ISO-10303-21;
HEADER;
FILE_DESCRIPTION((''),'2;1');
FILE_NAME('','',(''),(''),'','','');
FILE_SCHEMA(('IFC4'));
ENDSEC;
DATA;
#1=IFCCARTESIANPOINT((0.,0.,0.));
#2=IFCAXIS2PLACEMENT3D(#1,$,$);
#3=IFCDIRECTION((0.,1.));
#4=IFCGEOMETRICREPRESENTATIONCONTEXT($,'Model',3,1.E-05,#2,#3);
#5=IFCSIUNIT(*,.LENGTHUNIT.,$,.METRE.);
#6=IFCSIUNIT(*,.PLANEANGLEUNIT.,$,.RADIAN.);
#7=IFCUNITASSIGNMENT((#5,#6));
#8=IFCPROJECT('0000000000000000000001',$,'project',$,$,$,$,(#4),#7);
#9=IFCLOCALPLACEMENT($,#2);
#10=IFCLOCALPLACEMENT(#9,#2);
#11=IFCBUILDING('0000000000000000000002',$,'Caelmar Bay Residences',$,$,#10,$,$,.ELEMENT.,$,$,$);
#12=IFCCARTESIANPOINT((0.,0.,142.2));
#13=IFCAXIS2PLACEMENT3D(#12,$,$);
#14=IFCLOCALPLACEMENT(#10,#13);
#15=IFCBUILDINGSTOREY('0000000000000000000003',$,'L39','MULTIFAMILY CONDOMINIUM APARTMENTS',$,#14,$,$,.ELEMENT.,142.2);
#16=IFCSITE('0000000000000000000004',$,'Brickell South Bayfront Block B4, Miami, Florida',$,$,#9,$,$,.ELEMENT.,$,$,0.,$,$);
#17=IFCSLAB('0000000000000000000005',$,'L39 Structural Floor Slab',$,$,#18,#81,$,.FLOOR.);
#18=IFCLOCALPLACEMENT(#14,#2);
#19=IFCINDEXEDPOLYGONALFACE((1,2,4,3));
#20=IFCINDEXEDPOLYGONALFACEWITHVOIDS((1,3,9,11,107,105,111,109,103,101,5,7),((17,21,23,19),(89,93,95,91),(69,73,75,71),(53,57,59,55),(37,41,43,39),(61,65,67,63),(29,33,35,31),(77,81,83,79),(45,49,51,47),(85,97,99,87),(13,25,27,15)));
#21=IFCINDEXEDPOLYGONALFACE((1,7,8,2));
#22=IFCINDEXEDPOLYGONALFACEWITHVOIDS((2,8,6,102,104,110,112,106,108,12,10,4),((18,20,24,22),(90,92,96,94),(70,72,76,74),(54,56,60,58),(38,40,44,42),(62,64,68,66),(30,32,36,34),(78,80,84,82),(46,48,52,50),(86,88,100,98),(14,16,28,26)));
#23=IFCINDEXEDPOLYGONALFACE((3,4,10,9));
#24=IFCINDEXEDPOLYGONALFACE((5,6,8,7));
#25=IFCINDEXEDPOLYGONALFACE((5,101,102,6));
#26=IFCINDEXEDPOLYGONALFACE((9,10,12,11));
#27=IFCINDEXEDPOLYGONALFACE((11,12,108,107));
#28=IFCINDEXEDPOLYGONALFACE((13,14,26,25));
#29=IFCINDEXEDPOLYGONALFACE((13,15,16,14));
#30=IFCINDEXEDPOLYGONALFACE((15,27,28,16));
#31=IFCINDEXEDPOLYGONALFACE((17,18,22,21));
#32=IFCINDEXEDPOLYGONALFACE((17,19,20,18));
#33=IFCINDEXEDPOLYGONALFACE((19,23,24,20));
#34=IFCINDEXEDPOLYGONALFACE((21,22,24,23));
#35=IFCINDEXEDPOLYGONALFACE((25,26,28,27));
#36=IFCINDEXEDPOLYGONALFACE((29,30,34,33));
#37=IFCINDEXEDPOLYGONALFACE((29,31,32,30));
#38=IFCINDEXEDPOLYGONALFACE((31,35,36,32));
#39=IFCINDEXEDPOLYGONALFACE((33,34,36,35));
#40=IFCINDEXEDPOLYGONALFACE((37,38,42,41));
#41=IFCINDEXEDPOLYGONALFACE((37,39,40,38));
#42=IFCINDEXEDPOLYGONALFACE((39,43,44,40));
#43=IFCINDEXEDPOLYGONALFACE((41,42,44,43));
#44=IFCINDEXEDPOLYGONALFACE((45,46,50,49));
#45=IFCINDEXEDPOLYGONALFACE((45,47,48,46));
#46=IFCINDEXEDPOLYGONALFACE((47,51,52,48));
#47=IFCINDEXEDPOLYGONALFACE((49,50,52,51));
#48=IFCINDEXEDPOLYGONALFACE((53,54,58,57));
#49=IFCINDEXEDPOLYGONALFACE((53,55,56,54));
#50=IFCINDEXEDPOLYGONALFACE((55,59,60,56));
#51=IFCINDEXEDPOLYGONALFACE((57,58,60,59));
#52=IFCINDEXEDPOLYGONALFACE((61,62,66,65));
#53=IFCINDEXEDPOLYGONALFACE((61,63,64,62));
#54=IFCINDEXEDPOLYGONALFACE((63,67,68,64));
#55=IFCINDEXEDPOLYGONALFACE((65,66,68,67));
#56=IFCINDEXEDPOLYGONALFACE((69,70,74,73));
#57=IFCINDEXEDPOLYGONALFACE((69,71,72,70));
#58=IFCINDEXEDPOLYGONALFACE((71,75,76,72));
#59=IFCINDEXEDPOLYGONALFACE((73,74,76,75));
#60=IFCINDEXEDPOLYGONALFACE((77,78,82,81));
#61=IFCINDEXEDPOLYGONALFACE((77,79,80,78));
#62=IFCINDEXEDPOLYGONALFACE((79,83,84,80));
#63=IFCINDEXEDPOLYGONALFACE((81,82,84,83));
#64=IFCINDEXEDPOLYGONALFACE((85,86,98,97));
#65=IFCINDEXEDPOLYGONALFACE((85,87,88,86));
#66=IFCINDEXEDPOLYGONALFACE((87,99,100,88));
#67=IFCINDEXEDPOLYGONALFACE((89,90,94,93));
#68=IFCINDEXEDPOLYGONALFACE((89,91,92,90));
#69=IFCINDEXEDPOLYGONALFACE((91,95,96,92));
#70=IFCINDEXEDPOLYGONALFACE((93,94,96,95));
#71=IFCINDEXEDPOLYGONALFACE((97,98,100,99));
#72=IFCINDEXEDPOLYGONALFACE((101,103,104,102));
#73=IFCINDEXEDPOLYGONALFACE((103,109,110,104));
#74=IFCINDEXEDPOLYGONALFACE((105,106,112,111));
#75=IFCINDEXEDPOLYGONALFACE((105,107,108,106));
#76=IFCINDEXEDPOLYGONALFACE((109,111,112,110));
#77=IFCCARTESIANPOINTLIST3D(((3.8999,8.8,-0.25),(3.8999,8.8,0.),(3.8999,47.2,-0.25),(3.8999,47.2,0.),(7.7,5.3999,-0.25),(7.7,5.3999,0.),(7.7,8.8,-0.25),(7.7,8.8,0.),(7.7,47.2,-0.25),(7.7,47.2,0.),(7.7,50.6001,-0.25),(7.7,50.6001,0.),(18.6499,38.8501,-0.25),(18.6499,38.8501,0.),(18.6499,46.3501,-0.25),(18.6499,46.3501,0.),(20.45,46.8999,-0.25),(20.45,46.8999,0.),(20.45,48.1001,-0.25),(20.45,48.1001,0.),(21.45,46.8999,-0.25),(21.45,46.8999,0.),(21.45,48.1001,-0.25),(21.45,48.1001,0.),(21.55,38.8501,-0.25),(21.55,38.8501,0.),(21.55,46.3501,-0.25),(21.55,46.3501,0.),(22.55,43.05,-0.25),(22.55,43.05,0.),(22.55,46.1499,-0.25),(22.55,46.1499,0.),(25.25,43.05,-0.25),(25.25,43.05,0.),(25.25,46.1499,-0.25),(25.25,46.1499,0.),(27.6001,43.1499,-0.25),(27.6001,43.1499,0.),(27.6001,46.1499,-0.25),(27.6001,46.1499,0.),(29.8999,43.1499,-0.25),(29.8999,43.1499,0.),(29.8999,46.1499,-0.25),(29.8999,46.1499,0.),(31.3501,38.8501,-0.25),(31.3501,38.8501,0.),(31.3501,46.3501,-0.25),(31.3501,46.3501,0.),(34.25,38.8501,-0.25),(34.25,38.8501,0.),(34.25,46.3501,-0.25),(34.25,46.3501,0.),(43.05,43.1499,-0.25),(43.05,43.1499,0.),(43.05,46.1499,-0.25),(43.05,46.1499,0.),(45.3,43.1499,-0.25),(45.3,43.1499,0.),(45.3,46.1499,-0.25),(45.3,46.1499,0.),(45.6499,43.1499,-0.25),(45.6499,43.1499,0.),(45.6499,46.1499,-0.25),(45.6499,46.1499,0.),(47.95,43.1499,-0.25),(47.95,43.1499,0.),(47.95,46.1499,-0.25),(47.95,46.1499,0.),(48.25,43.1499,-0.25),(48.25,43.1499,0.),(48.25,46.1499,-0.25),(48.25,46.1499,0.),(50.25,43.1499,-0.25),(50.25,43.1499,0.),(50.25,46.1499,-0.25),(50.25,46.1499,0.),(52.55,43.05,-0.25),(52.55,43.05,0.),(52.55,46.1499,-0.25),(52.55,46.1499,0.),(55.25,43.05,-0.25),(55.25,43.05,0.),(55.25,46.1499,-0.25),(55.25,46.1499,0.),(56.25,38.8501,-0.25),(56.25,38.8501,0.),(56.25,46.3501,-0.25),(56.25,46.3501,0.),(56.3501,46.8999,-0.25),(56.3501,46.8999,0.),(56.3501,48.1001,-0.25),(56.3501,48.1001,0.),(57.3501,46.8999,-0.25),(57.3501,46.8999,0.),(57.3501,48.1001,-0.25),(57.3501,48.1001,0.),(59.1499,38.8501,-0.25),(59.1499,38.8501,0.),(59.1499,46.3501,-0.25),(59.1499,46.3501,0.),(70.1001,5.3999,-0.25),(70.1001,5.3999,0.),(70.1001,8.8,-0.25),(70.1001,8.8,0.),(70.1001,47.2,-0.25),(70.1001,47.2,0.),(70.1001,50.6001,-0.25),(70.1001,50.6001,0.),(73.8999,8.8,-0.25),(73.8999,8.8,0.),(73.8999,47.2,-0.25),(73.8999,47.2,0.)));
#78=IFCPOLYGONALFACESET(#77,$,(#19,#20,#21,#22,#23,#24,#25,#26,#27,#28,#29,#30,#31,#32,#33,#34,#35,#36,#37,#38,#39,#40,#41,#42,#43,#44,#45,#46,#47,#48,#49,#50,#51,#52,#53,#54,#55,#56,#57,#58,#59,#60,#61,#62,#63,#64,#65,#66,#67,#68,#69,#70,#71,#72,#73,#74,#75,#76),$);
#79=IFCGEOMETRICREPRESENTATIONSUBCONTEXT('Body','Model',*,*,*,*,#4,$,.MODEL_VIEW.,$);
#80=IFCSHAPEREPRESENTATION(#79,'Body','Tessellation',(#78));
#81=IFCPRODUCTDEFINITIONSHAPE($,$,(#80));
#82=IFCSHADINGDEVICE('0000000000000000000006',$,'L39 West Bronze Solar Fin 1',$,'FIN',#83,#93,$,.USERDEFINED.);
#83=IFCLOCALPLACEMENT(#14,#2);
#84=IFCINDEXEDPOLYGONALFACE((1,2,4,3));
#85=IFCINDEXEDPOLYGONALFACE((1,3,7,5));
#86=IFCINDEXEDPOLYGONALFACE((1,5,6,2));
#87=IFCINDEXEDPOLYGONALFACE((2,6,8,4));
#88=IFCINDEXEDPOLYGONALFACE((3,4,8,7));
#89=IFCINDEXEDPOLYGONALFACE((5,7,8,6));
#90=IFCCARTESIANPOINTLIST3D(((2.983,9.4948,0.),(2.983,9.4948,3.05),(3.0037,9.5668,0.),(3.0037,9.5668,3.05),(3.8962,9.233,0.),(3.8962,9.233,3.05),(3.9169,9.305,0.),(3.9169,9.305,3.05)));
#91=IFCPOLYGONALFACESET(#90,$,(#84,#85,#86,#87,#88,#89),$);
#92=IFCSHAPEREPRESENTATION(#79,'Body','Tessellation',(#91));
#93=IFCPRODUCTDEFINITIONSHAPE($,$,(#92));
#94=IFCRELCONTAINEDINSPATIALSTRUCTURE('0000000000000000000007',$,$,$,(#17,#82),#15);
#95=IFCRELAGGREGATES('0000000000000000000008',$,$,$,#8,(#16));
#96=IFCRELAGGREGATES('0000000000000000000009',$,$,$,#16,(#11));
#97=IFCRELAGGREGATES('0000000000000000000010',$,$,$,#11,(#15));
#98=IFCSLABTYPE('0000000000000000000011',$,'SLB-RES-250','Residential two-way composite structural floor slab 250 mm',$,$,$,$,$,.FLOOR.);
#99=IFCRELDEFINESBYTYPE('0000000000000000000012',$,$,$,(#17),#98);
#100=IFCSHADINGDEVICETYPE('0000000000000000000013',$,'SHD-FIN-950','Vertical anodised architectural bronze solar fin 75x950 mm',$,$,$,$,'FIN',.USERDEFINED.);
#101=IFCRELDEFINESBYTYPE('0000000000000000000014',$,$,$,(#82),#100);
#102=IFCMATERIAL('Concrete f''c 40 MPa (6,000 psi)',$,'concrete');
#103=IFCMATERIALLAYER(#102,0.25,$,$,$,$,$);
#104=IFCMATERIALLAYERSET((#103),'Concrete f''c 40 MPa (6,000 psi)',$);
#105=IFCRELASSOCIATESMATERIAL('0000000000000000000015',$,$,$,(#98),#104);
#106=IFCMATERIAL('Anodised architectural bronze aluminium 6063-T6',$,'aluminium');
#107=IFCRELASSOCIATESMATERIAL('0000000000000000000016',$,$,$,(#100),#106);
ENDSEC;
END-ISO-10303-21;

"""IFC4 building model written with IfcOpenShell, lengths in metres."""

from ifc_helpers import new_model, si_unit, direction, frame, origin, origin_2d, place, context, subcontext, project, spatial, polyline, rectangle, outline, extrude, material, layer, layer_set, material_profile, profile_set, type_object, element, save


model = new_model("IFC4")

# Units and contexts
model_context = context("Model", 3, precision=1e-05, world=origin(), true_north=direction((0.0, 1.0)))
body_context = subcontext(model_context, "Body", "Model", "MODEL_VIEW")
ifc_project = project(units=[si_unit("LENGTHUNIT", "METRE"), si_unit("PLANEANGLEUNIT", "RADIAN")], contexts=[model_context])

# Site, building, storey
site_placement = place(None, origin())
site = spatial("IfcSite", under=ifc_project, at=site_placement, Name="Brickell South Bayfront Block B4, Miami, Florida", CompositionType="ELEMENT", RefElevation=0.0)
building_placement = place(site_placement, origin())
building = spatial("IfcBuilding", under=site, at=building_placement, Name="Caelmar Bay Residences", CompositionType="ELEMENT")
storey_placement = place(building_placement, frame((0.0, 0.0, 142.2)))
storey = spatial("IfcBuildingStorey", under=building, at=storey_placement, Name="L39", Description="MULTIFAMILY CONDOMINIUM APARTMENTS", CompositionType="ELEMENT", Elevation=142.2)

# Shared definitions
ifc_material_1 = material(Name="Concrete f'c 40 MPa (6,000 psi)", Category="concrete")

# Slab
ifc_layer_1 = layer(ifc_material_1, 0.25)
ifc_layer_set_1 = layer_set([ifc_layer_1], Name="Concrete f'c 40 MPa (6,000 psi)")
slab_type_1 = type_object("IfcSlabType", Name="SLB-RES-250", Description="Residential two-way composite structural floor slab 250 mm", PredefinedType="FLOOR", material=ifc_layer_set_1)
slab_1_placement = place(storey_placement, frame((0.0, 0.0, -0.25)))
element("IfcSlab", 1, at=slab_1_placement, inside=storey, type_object=slab_type_1, Name="L39 Structural Floor Slab", PredefinedType="FLOOR", context=body_context, shape_type="SweptSolid", body=[
    extrude(outline(polyline([(7.7, 5.3999), (70.1001, 5.3999), (70.1001, 8.8), (73.8999, 8.8), (73.8999, 47.2), (70.1001, 47.2), (70.1001, 50.6001), (7.7, 50.6001), (7.7, 47.2), (3.8999, 47.2), (3.8999, 8.8), (7.7, 8.8), (7.7, 5.3999)]), holes=[polyline([(18.6499, 38.8501), (21.55, 38.8501), (21.55, 46.3501), (18.6499, 46.3501), (18.6499, 38.8501)]), polyline([(56.25, 38.8501), (59.1499, 38.8501), (59.1499, 46.3501), (56.25, 46.3501), (56.25, 38.8501)]), polyline([(31.3501, 38.8501), (34.25, 38.8501), (34.25, 46.3501), (31.3501, 46.3501), (31.3501, 38.8501)]), polyline([(22.55, 43.05), (25.25, 43.05), (25.25, 46.1499), (22.55, 46.1499), (22.55, 43.05)]), polyline([(52.55, 43.05), (55.25, 43.05), (55.25, 46.1499), (52.55, 46.1499), (52.55, 43.05)]), polyline([(43.05, 43.1499), (45.3, 43.1499), (45.3, 46.1499), (43.05, 46.1499), (43.05, 43.1499)]), polyline([(45.6499, 43.1499), (47.95, 43.1499), (47.95, 46.1499), (45.6499, 46.1499), (45.6499, 43.1499)]), polyline([(48.25, 43.1499), (50.25, 43.1499), (50.25, 46.1499), (48.25, 46.1499), (48.25, 43.1499)]), polyline([(27.6001, 43.1499), (29.8999, 43.1499), (29.8999, 46.1499), (27.6001, 46.1499), (27.6001, 43.1499)]), polyline([(20.45, 46.8999), (21.45, 46.8999), (21.45, 48.1001), (20.45, 48.1001), (20.45, 46.8999)]), polyline([(56.3501, 46.8999), (57.3501, 46.8999), (57.3501, 48.1001), (56.3501, 48.1001), (56.3501, 46.8999)])]), origin(), (0.0, 0.0, 1.0), 0.25),
])

# Shading device
ifc_material_2 = material(Name="Anodised architectural bronze aluminium 6063-T6", Category="aluminium")
ifc_material_profile_1 = material_profile(ifc_material_2, rectangle(XDim=0.075, YDim=0.95, at=origin_2d()), Name="BRONZE-FIN-75X950")
ifc_profile_set_1 = profile_set([ifc_material_profile_1], Name="Anodised architectural bronze aluminium 6063-T6")
shading_device_type = type_object("IfcShadingDeviceType", Name="SHD-FIN-950", Description="Vertical anodised architectural bronze solar fin 75x950 mm", ElementType="FIN", PredefinedType="USERDEFINED", material=ifc_profile_set_1)
shading_device_placement = place(storey_placement, frame((3.45, 9.3999, 0.0), z_axis=(0.0, 0.0, 1.0), x_axis=(0.275637, 0.961262, 0.0)))
element("IfcShadingDevice", 2, at=shading_device_placement, inside=storey, type_object=shading_device_type, Name="L39 West Bronze Solar Fin 1", ObjectType="FIN", PredefinedType="USERDEFINED", context=body_context, shape_type="SweptSolid", body=[
    extrude(rectangle(XDim=0.075, YDim=0.95, at=origin_2d()), origin(), (0.0, 0.0, 1.0), 3.05),
])

save(model, "model.ifc")
